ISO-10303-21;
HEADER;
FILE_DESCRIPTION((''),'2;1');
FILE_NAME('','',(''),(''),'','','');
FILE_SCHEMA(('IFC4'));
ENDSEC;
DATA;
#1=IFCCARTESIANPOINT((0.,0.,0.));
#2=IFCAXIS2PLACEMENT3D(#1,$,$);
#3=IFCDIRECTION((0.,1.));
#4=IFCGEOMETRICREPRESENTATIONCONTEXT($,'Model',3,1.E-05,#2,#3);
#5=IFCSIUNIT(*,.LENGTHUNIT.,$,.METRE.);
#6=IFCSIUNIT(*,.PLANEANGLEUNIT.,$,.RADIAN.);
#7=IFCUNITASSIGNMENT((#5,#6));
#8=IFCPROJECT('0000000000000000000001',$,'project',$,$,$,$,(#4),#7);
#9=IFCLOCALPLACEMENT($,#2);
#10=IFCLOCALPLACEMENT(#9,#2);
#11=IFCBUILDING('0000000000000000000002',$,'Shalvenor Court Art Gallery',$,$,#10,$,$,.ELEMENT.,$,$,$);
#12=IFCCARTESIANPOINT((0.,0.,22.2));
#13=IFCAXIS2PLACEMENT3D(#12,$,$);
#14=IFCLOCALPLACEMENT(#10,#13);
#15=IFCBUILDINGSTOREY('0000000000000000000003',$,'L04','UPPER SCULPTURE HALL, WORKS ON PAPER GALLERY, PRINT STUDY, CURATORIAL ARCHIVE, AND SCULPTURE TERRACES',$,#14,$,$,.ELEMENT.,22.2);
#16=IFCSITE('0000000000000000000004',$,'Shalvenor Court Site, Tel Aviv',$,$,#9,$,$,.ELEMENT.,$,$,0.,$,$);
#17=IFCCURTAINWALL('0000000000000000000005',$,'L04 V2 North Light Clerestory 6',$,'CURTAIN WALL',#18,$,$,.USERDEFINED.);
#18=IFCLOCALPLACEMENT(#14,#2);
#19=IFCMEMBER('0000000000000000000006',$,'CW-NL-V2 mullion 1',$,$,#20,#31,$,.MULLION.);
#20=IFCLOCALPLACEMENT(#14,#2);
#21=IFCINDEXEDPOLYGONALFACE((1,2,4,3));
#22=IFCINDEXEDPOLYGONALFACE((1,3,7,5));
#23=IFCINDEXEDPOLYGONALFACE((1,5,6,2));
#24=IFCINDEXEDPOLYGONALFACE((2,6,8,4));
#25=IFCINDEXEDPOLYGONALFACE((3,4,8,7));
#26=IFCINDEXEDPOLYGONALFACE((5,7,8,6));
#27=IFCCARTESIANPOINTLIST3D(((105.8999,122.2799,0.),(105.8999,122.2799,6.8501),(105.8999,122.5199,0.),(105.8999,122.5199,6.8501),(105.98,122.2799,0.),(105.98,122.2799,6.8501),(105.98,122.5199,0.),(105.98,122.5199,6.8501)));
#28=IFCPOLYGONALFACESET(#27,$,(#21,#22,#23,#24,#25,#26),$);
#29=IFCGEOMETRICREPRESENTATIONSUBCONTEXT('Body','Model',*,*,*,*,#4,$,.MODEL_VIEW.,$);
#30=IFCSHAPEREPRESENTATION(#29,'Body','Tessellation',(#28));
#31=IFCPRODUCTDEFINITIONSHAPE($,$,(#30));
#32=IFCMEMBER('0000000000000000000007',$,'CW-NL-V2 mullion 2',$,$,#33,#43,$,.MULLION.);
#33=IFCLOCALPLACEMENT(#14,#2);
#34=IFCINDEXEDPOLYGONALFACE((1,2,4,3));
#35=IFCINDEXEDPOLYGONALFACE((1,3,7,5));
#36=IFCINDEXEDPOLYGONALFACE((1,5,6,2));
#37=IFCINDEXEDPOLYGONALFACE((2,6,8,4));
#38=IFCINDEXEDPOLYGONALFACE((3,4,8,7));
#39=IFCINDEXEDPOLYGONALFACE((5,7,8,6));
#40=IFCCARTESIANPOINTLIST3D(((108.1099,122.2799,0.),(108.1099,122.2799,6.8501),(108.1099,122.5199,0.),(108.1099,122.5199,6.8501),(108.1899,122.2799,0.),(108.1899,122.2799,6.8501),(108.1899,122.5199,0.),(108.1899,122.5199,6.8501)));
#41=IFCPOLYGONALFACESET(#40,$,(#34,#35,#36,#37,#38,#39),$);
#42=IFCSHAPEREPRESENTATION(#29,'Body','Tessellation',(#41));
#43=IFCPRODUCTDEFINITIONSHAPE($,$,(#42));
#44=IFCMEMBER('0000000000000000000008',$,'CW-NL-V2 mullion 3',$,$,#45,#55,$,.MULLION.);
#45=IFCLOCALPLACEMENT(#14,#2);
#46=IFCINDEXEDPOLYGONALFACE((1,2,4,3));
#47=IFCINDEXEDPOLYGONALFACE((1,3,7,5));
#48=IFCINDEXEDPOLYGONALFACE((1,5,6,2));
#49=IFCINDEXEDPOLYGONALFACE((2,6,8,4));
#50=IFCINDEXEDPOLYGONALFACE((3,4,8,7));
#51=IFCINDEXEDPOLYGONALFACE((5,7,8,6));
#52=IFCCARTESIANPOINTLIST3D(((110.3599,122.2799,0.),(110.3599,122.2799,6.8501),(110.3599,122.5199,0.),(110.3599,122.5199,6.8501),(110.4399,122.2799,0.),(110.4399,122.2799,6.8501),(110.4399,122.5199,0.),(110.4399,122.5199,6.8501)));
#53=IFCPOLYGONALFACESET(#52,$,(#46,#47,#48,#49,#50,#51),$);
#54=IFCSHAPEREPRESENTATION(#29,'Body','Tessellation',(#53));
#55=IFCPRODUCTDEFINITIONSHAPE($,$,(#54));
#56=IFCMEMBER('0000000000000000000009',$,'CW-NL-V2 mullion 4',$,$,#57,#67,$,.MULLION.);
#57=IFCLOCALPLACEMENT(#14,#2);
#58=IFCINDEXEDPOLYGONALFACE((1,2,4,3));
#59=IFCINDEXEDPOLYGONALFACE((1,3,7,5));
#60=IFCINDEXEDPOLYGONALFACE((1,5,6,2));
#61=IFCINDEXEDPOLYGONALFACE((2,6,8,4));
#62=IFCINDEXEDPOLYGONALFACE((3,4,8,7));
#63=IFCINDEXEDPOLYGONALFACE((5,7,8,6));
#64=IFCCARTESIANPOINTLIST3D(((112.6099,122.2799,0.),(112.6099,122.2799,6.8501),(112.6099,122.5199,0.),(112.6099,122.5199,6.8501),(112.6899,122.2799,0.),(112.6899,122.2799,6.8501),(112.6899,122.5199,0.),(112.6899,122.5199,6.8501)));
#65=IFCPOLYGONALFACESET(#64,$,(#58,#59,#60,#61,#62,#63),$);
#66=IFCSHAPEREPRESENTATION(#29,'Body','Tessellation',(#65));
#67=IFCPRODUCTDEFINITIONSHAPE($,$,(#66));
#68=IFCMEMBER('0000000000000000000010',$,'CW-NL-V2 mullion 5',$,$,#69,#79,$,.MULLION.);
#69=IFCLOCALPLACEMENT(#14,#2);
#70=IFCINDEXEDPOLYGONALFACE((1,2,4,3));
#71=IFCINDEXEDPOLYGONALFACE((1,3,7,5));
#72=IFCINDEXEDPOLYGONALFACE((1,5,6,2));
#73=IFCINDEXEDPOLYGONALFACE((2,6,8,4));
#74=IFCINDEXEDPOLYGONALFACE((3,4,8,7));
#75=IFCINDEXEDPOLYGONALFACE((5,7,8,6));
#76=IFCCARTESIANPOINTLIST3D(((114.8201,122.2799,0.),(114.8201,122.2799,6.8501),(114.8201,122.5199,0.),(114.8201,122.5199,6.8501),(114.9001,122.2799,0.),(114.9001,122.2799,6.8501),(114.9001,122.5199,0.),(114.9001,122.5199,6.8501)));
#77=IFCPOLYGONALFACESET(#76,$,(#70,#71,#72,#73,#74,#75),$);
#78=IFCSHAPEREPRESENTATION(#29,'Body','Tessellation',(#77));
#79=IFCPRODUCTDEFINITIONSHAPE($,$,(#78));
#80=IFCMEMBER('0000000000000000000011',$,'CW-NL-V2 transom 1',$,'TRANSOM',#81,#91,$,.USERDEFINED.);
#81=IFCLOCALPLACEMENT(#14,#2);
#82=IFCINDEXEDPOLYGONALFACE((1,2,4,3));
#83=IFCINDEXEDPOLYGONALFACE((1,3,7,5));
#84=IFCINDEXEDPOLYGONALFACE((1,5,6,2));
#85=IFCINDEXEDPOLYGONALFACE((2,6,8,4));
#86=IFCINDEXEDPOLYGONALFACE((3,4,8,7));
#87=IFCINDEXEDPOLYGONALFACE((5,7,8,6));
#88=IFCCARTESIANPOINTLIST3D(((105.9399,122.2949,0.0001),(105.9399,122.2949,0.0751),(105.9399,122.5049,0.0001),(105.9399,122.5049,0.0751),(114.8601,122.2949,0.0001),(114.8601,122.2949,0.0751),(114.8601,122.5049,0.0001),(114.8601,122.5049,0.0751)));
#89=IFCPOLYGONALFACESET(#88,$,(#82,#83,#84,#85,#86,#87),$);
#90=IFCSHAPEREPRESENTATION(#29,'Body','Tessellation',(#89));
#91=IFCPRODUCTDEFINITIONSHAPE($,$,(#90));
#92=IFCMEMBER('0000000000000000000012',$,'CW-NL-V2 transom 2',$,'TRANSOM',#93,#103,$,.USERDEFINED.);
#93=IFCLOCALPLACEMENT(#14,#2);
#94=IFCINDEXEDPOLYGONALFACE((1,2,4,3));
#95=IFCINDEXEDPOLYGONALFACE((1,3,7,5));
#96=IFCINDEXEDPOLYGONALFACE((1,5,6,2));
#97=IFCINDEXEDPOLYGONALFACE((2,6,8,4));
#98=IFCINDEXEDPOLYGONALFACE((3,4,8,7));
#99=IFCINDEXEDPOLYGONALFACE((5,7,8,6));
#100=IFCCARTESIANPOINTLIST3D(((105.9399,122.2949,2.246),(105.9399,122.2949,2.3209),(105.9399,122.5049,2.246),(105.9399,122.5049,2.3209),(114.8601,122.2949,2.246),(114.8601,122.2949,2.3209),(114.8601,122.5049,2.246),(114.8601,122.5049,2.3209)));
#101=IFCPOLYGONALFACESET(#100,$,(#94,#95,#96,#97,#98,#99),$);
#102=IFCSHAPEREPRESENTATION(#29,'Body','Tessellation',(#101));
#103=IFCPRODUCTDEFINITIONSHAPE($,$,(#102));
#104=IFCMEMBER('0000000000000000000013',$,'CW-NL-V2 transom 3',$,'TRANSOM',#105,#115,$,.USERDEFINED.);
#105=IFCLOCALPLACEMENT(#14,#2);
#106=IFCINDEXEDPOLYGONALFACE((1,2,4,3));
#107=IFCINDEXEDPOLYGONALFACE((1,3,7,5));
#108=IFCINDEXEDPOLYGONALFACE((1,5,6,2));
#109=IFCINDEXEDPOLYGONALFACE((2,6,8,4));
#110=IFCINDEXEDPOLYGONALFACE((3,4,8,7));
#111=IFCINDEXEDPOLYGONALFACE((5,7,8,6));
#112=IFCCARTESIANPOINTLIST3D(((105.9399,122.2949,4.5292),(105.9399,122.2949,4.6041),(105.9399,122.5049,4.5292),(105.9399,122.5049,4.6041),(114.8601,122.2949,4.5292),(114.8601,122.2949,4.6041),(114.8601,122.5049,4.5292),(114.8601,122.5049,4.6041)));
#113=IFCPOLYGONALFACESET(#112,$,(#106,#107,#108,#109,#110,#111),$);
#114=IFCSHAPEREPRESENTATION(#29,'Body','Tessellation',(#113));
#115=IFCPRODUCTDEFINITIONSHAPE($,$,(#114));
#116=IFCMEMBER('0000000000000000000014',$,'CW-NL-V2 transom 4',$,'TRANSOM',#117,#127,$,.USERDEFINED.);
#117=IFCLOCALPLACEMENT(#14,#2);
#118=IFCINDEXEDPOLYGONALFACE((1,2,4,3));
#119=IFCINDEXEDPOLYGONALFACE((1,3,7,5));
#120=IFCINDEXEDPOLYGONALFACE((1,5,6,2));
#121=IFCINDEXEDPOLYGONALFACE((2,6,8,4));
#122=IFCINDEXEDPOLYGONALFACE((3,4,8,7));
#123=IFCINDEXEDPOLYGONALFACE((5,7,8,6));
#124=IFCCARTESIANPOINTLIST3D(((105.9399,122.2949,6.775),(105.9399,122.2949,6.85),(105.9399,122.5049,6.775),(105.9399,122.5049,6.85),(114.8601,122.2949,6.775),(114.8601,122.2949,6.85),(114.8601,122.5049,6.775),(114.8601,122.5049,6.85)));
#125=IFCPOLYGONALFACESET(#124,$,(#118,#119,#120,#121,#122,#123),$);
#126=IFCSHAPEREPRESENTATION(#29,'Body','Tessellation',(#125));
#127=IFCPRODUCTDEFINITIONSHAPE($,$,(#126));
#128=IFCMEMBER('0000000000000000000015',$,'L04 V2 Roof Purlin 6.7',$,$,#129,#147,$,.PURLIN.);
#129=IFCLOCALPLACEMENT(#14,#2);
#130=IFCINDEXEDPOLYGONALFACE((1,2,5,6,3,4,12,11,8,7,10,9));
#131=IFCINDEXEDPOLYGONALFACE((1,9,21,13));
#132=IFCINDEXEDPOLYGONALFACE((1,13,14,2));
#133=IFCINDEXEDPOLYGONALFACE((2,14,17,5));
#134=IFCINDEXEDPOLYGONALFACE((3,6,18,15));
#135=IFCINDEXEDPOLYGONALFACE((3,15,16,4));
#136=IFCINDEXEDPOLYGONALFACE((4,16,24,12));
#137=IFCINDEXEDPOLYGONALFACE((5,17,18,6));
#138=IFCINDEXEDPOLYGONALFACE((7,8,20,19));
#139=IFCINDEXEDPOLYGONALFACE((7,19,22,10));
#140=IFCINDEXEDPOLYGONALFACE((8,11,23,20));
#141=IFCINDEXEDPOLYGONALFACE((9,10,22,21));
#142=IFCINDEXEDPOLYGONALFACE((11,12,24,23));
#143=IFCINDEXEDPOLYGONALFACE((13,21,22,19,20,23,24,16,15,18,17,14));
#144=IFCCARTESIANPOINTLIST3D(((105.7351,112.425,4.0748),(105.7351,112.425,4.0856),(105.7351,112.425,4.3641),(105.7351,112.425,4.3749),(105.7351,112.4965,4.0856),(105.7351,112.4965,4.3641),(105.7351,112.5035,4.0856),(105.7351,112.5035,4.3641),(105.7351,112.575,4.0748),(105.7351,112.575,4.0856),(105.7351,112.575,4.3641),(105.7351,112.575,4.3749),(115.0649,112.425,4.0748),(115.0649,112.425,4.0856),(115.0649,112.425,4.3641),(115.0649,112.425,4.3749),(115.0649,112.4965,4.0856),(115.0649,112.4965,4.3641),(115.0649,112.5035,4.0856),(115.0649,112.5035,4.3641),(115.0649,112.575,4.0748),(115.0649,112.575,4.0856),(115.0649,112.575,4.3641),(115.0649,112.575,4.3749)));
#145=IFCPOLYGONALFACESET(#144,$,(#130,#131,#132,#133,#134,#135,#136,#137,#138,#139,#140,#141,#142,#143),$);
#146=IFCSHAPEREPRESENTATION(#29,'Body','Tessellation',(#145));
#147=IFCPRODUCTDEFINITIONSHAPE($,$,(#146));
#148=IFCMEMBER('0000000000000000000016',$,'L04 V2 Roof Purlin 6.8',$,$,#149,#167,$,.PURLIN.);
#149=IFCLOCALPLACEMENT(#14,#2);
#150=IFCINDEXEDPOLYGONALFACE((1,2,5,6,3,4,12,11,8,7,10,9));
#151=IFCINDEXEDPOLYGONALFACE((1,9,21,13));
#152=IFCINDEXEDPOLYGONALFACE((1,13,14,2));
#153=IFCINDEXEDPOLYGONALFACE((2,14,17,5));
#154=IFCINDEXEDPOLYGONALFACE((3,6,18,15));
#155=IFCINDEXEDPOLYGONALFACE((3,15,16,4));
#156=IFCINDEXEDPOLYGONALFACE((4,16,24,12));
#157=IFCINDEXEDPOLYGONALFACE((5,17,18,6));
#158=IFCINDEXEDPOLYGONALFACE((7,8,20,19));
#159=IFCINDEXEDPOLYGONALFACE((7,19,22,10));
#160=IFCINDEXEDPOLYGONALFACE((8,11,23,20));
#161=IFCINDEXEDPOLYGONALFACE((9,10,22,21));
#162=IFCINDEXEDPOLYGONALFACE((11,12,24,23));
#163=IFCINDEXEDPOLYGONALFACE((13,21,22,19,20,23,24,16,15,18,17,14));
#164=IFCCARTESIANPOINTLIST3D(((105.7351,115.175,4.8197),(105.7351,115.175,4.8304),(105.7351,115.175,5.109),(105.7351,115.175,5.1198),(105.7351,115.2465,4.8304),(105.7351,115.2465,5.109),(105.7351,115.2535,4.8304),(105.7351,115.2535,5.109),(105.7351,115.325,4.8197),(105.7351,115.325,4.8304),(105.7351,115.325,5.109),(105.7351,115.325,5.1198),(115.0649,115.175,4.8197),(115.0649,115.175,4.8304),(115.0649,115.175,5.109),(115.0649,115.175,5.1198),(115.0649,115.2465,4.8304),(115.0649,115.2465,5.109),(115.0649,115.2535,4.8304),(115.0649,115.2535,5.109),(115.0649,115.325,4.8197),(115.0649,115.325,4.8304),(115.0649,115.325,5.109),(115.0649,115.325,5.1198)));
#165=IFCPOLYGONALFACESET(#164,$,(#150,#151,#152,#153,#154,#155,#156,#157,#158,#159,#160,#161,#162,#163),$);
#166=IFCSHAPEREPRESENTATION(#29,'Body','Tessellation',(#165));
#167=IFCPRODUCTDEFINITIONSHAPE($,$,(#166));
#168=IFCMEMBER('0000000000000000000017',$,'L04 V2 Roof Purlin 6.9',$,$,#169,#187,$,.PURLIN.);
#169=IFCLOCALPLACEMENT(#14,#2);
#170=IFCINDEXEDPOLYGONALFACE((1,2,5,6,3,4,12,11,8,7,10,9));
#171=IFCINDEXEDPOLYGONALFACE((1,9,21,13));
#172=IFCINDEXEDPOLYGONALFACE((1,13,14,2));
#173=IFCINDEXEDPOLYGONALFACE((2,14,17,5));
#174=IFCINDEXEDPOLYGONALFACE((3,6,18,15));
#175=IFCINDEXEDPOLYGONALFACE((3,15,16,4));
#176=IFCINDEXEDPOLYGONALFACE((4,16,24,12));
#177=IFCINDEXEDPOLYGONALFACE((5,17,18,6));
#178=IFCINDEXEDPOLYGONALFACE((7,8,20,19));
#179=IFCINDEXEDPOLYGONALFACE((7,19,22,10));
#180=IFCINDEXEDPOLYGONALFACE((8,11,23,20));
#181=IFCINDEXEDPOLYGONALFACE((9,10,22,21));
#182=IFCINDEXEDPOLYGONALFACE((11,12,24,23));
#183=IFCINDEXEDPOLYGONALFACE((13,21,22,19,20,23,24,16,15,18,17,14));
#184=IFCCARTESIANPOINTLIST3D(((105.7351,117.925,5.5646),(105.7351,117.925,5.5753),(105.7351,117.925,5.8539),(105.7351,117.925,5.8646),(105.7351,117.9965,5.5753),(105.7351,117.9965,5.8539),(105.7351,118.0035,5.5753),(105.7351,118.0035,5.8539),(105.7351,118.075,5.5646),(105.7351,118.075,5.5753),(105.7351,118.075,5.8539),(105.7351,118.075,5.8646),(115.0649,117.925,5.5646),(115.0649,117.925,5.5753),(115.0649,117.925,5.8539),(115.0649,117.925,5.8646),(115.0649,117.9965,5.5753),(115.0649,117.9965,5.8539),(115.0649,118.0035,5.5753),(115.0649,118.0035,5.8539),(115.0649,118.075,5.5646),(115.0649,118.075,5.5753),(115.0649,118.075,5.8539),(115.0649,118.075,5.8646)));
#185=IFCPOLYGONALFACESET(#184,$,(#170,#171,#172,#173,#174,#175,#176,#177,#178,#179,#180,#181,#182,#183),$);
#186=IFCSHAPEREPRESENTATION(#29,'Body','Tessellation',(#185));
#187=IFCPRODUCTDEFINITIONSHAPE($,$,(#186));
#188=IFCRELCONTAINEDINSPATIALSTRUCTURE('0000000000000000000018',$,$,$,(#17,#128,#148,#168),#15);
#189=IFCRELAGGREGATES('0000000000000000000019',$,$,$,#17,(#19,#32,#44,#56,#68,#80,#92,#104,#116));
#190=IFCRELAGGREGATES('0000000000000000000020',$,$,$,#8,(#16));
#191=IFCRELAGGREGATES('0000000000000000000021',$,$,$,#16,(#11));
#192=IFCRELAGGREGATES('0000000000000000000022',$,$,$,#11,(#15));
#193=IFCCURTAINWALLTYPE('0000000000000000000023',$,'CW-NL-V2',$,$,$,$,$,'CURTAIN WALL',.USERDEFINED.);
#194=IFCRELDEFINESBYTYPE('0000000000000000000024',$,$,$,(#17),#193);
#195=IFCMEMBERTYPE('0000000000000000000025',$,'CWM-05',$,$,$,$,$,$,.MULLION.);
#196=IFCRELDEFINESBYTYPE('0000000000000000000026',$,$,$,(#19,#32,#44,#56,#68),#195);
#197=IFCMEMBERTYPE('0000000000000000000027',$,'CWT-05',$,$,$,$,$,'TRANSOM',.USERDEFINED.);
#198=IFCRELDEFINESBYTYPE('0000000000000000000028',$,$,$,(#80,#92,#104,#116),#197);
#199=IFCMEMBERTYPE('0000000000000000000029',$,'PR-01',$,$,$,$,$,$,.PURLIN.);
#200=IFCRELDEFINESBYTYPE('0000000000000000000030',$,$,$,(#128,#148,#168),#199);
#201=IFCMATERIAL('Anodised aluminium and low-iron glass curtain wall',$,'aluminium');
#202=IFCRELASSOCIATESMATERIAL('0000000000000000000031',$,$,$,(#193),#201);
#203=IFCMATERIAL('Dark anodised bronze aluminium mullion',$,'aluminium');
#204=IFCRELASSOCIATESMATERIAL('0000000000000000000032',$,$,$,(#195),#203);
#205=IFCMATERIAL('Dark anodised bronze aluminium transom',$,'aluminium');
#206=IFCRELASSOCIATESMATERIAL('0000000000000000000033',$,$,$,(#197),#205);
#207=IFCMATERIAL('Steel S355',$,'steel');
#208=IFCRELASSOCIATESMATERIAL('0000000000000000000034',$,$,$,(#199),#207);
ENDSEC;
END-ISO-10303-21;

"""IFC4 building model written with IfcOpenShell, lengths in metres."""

from ifc_helpers import new_model, si_unit, direction, frame, origin, origin_2d, place, context, subcontext, project, spatial, rectangle, i_section, extrude, material, material_profile, profile_set, type_object, element, aggregate, save


model = new_model("IFC4")

# Units and contexts
model_context = context("Model", 3, precision=1e-05, world=origin(), true_north=direction((0.0, 1.0)))
body_context = subcontext(model_context, "Body", "Model", "MODEL_VIEW")
ifc_project = project(units=[si_unit("LENGTHUNIT", "METRE"), si_unit("PLANEANGLEUNIT", "RADIAN")], contexts=[model_context])

# Site, building, storey
site_placement = place(None, origin())
site = spatial("IfcSite", under=ifc_project, at=site_placement, Name="Shalvenor Court Site, Tel Aviv", CompositionType="ELEMENT", RefElevation=0.0)
building_placement = place(site_placement, origin())
building = spatial("IfcBuilding", under=site, at=building_placement, Name="Shalvenor Court Art Gallery", CompositionType="ELEMENT")
storey_placement = place(building_placement, frame((0.0, 0.0, 22.2)))
storey = spatial("IfcBuildingStorey", under=building, at=storey_placement, Name="L04", Description="UPPER SCULPTURE HALL, WORKS ON PAPER GALLERY, PRINT STUDY, CURATORIAL ARCHIVE, AND SCULPTURE TERRACES", CompositionType="ELEMENT", Elevation=22.2)

# Curtain wall, members
ifc_material_1 = material(Name="Anodised aluminium and low-iron glass curtain wall", Category="aluminium")
curtain_wall_type = type_object("IfcCurtainWallType", Name="CW-NL-V2", ElementType="CURTAIN WALL", PredefinedType="USERDEFINED", material=ifc_material_1)
curtain_wall_placement = place(storey_placement, origin())
curtain_wall = element("IfcCurtainWall", 1, at=curtain_wall_placement, inside=storey, type_object=curtain_wall_type, Name="L04 V2 North Light Clerestory 6", ObjectType="CURTAIN WALL", PredefinedType="USERDEFINED")
ifc_material_2 = material(Name="Dark anodised bronze aluminium mullion", Category="aluminium")
ifc_material_profile_1 = material_profile(ifc_material_2, rectangle(XDim=0.0801, YDim=0.24, at=origin_2d()), Name="CWM-05")
ifc_profile_set_1 = profile_set([ifc_material_profile_1], Name="Dark anodised bronze aluminium mullion")
member_type_1 = type_object("IfcMemberType", Name="CWM-05", PredefinedType="MULLION", material=ifc_profile_set_1)
member_1_placement = place(storey_placement, frame((105.9399, 122.3999, 0.0), z_axis=(0.0, 0.0, 1.0), x_axis=(1.0, 0.0, 0.0)))
member_1 = element("IfcMember", 2, at=member_1_placement, type_object=member_type_1, Name="CW-NL-V2 mullion 1", PredefinedType="MULLION", context=body_context, shape_type="SweptSolid", body=[
    extrude(rectangle(XDim=0.0801, YDim=0.24, at=origin_2d()), origin(), (0.0, 0.0, 1.0), 6.8501),
])
member_2_placement = place(storey_placement, frame((108.1499, 122.3999, 0.0), z_axis=(0.0, 0.0, 1.0), x_axis=(1.0, 0.0, 0.0)))
member_2 = element("IfcMember", 3, at=member_2_placement, type_object=member_type_1, Name="CW-NL-V2 mullion 2", PredefinedType="MULLION", context=body_context, shape_type="SweptSolid", body=[
    extrude(rectangle(XDim=0.0801, YDim=0.24, at=origin_2d()), origin(), (0.0, 0.0, 1.0), 6.8501),
])
member_3_placement = place(storey_placement, frame((110.3999, 122.3999, 0.0), z_axis=(0.0, 0.0, 1.0), x_axis=(1.0, 0.0, 0.0)))
member_3 = element("IfcMember", 4, at=member_3_placement, type_object=member_type_1, Name="CW-NL-V2 mullion 3", PredefinedType="MULLION", context=body_context, shape_type="SweptSolid", body=[
    extrude(rectangle(XDim=0.0801, YDim=0.24, at=origin_2d()), origin(), (0.0, 0.0, 1.0), 6.8501),
])
member_4_placement = place(storey_placement, frame((112.6499, 122.3999, 0.0), z_axis=(0.0, 0.0, 1.0), x_axis=(1.0, 0.0, 0.0)))
member_4 = element("IfcMember", 5, at=member_4_placement, type_object=member_type_1, Name="CW-NL-V2 mullion 4", PredefinedType="MULLION", context=body_context, shape_type="SweptSolid", body=[
    extrude(rectangle(XDim=0.0801, YDim=0.24, at=origin_2d()), origin(), (0.0, 0.0, 1.0), 6.8501),
])
member_5_placement = place(storey_placement, frame((114.8601, 122.3999, 0.0), z_axis=(0.0, 0.0, 1.0), x_axis=(1.0, 0.0, 0.0)))
member_5 = element("IfcMember", 6, at=member_5_placement, type_object=member_type_1, Name="CW-NL-V2 mullion 5", PredefinedType="MULLION", context=body_context, shape_type="SweptSolid", body=[
    extrude(rectangle(XDim=0.0801, YDim=0.24, at=origin_2d()), origin(), (0.0, 0.0, 1.0), 6.8501),
])
ifc_material_3 = material(Name="Dark anodised bronze aluminium transom", Category="aluminium")
ifc_material_profile_2 = material_profile(ifc_material_3, rectangle(XDim=0.21, YDim=0.075, at=origin_2d()), Name="CWT-05")
ifc_profile_set_2 = profile_set([ifc_material_profile_2], Name="Dark anodised bronze aluminium transom")
member_type_2 = type_object("IfcMemberType", Name="CWT-05", ElementType="TRANSOM", PredefinedType="USERDEFINED", material=ifc_profile_set_2)
member_6_placement = place(storey_placement, frame((105.9399, 122.3999, 0.0376), z_axis=(1.0, 0.0, 0.0), x_axis=(0.0, 1.0, 0.0)))
member_6 = element("IfcMember", 7, at=member_6_placement, type_object=member_type_2, Name="CW-NL-V2 transom 1", ObjectType="TRANSOM", PredefinedType="USERDEFINED", context=body_context, shape_type="SweptSolid", body=[
    extrude(rectangle(XDim=0.21, YDim=0.075, at=origin_2d()), origin(), (0.0, 0.0, 1.0), 8.9202),
])
member_7_placement = place(storey_placement, frame((105.9399, 122.3999, 2.2834), z_axis=(1.0, 0.0, 0.0), x_axis=(0.0, 1.0, 0.0)))
member_7 = element("IfcMember", 8, at=member_7_placement, type_object=member_type_2, Name="CW-NL-V2 transom 2", ObjectType="TRANSOM", PredefinedType="USERDEFINED", context=body_context, shape_type="SweptSolid", body=[
    extrude(rectangle(XDim=0.21, YDim=0.075, at=origin_2d()), origin(), (0.0, 0.0, 1.0), 8.9202),
])
member_8_placement = place(storey_placement, frame((105.9399, 122.3999, 4.5667), z_axis=(1.0, 0.0, 0.0), x_axis=(0.0, 1.0, 0.0)))
member_8 = element("IfcMember", 9, at=member_8_placement, type_object=member_type_2, Name="CW-NL-V2 transom 3", ObjectType="TRANSOM", PredefinedType="USERDEFINED", context=body_context, shape_type="SweptSolid", body=[
    extrude(rectangle(XDim=0.21, YDim=0.075, at=origin_2d()), origin(), (0.0, 0.0, 1.0), 8.9202),
])
member_9_placement = place(storey_placement, frame((105.9399, 122.3999, 6.8125), z_axis=(1.0, 0.0, 0.0), x_axis=(0.0, 1.0, 0.0)))
member_9 = element("IfcMember", 10, at=member_9_placement, type_object=member_type_2, Name="CW-NL-V2 transom 4", ObjectType="TRANSOM", PredefinedType="USERDEFINED", context=body_context, shape_type="SweptSolid", body=[
    extrude(rectangle(XDim=0.21, YDim=0.075, at=origin_2d()), origin(), (0.0, 0.0, 1.0), 8.9202),
])

# Members
ifc_material_4 = material(Name="Steel S355", Category="steel")
ifc_material_profile_3 = material_profile(ifc_material_4, i_section(OverallWidth=0.1499, OverallDepth=0.3, WebThickness=0.0071, FlangeThickness=0.0107, at=origin_2d()), Name="IPE 300")
ifc_profile_set_3 = profile_set([ifc_material_profile_3], Name="Steel S355")
member_type_3 = type_object("IfcMemberType", Name="PR-01", PredefinedType="PURLIN", material=ifc_profile_set_3)
for number, where, z_axis, x_axis, name in (
    (11, (105.7351, 112.5, 4.2249), (1.0, 0.0, 0.0), (0.0, 1.0, 0.0), "L04 V2 Roof Purlin 6.7"),
    (12, (105.7351, 115.25, 4.9697), (1.0, 0.0, 0.0), (0.0, 1.0, 0.0), "L04 V2 Roof Purlin 6.8"),
    (13, (105.7351, 118.0, 5.7146), (1.0, 0.0, 0.0), (0.0, 1.0, 0.0), "L04 V2 Roof Purlin 6.9"),
):
    element("IfcMember", number, at=place(storey_placement, frame(where, z_axis=z_axis, x_axis=x_axis)), inside=storey, type_object=member_type_3, Name=name, PredefinedType="PURLIN", context=body_context, shape_type="SweptSolid", body=[
        extrude(i_section(OverallWidth=0.1499, OverallDepth=0.3, WebThickness=0.0071, FlangeThickness=0.0107, at=origin_2d()), origin(), (0.0, 0.0, 1.0), 9.3298),
    ])

aggregate(curtain_wall, [member_1, member_2, member_3, member_4, member_5, member_6, member_7, member_8, member_9])

save(model, "model.ifc")
